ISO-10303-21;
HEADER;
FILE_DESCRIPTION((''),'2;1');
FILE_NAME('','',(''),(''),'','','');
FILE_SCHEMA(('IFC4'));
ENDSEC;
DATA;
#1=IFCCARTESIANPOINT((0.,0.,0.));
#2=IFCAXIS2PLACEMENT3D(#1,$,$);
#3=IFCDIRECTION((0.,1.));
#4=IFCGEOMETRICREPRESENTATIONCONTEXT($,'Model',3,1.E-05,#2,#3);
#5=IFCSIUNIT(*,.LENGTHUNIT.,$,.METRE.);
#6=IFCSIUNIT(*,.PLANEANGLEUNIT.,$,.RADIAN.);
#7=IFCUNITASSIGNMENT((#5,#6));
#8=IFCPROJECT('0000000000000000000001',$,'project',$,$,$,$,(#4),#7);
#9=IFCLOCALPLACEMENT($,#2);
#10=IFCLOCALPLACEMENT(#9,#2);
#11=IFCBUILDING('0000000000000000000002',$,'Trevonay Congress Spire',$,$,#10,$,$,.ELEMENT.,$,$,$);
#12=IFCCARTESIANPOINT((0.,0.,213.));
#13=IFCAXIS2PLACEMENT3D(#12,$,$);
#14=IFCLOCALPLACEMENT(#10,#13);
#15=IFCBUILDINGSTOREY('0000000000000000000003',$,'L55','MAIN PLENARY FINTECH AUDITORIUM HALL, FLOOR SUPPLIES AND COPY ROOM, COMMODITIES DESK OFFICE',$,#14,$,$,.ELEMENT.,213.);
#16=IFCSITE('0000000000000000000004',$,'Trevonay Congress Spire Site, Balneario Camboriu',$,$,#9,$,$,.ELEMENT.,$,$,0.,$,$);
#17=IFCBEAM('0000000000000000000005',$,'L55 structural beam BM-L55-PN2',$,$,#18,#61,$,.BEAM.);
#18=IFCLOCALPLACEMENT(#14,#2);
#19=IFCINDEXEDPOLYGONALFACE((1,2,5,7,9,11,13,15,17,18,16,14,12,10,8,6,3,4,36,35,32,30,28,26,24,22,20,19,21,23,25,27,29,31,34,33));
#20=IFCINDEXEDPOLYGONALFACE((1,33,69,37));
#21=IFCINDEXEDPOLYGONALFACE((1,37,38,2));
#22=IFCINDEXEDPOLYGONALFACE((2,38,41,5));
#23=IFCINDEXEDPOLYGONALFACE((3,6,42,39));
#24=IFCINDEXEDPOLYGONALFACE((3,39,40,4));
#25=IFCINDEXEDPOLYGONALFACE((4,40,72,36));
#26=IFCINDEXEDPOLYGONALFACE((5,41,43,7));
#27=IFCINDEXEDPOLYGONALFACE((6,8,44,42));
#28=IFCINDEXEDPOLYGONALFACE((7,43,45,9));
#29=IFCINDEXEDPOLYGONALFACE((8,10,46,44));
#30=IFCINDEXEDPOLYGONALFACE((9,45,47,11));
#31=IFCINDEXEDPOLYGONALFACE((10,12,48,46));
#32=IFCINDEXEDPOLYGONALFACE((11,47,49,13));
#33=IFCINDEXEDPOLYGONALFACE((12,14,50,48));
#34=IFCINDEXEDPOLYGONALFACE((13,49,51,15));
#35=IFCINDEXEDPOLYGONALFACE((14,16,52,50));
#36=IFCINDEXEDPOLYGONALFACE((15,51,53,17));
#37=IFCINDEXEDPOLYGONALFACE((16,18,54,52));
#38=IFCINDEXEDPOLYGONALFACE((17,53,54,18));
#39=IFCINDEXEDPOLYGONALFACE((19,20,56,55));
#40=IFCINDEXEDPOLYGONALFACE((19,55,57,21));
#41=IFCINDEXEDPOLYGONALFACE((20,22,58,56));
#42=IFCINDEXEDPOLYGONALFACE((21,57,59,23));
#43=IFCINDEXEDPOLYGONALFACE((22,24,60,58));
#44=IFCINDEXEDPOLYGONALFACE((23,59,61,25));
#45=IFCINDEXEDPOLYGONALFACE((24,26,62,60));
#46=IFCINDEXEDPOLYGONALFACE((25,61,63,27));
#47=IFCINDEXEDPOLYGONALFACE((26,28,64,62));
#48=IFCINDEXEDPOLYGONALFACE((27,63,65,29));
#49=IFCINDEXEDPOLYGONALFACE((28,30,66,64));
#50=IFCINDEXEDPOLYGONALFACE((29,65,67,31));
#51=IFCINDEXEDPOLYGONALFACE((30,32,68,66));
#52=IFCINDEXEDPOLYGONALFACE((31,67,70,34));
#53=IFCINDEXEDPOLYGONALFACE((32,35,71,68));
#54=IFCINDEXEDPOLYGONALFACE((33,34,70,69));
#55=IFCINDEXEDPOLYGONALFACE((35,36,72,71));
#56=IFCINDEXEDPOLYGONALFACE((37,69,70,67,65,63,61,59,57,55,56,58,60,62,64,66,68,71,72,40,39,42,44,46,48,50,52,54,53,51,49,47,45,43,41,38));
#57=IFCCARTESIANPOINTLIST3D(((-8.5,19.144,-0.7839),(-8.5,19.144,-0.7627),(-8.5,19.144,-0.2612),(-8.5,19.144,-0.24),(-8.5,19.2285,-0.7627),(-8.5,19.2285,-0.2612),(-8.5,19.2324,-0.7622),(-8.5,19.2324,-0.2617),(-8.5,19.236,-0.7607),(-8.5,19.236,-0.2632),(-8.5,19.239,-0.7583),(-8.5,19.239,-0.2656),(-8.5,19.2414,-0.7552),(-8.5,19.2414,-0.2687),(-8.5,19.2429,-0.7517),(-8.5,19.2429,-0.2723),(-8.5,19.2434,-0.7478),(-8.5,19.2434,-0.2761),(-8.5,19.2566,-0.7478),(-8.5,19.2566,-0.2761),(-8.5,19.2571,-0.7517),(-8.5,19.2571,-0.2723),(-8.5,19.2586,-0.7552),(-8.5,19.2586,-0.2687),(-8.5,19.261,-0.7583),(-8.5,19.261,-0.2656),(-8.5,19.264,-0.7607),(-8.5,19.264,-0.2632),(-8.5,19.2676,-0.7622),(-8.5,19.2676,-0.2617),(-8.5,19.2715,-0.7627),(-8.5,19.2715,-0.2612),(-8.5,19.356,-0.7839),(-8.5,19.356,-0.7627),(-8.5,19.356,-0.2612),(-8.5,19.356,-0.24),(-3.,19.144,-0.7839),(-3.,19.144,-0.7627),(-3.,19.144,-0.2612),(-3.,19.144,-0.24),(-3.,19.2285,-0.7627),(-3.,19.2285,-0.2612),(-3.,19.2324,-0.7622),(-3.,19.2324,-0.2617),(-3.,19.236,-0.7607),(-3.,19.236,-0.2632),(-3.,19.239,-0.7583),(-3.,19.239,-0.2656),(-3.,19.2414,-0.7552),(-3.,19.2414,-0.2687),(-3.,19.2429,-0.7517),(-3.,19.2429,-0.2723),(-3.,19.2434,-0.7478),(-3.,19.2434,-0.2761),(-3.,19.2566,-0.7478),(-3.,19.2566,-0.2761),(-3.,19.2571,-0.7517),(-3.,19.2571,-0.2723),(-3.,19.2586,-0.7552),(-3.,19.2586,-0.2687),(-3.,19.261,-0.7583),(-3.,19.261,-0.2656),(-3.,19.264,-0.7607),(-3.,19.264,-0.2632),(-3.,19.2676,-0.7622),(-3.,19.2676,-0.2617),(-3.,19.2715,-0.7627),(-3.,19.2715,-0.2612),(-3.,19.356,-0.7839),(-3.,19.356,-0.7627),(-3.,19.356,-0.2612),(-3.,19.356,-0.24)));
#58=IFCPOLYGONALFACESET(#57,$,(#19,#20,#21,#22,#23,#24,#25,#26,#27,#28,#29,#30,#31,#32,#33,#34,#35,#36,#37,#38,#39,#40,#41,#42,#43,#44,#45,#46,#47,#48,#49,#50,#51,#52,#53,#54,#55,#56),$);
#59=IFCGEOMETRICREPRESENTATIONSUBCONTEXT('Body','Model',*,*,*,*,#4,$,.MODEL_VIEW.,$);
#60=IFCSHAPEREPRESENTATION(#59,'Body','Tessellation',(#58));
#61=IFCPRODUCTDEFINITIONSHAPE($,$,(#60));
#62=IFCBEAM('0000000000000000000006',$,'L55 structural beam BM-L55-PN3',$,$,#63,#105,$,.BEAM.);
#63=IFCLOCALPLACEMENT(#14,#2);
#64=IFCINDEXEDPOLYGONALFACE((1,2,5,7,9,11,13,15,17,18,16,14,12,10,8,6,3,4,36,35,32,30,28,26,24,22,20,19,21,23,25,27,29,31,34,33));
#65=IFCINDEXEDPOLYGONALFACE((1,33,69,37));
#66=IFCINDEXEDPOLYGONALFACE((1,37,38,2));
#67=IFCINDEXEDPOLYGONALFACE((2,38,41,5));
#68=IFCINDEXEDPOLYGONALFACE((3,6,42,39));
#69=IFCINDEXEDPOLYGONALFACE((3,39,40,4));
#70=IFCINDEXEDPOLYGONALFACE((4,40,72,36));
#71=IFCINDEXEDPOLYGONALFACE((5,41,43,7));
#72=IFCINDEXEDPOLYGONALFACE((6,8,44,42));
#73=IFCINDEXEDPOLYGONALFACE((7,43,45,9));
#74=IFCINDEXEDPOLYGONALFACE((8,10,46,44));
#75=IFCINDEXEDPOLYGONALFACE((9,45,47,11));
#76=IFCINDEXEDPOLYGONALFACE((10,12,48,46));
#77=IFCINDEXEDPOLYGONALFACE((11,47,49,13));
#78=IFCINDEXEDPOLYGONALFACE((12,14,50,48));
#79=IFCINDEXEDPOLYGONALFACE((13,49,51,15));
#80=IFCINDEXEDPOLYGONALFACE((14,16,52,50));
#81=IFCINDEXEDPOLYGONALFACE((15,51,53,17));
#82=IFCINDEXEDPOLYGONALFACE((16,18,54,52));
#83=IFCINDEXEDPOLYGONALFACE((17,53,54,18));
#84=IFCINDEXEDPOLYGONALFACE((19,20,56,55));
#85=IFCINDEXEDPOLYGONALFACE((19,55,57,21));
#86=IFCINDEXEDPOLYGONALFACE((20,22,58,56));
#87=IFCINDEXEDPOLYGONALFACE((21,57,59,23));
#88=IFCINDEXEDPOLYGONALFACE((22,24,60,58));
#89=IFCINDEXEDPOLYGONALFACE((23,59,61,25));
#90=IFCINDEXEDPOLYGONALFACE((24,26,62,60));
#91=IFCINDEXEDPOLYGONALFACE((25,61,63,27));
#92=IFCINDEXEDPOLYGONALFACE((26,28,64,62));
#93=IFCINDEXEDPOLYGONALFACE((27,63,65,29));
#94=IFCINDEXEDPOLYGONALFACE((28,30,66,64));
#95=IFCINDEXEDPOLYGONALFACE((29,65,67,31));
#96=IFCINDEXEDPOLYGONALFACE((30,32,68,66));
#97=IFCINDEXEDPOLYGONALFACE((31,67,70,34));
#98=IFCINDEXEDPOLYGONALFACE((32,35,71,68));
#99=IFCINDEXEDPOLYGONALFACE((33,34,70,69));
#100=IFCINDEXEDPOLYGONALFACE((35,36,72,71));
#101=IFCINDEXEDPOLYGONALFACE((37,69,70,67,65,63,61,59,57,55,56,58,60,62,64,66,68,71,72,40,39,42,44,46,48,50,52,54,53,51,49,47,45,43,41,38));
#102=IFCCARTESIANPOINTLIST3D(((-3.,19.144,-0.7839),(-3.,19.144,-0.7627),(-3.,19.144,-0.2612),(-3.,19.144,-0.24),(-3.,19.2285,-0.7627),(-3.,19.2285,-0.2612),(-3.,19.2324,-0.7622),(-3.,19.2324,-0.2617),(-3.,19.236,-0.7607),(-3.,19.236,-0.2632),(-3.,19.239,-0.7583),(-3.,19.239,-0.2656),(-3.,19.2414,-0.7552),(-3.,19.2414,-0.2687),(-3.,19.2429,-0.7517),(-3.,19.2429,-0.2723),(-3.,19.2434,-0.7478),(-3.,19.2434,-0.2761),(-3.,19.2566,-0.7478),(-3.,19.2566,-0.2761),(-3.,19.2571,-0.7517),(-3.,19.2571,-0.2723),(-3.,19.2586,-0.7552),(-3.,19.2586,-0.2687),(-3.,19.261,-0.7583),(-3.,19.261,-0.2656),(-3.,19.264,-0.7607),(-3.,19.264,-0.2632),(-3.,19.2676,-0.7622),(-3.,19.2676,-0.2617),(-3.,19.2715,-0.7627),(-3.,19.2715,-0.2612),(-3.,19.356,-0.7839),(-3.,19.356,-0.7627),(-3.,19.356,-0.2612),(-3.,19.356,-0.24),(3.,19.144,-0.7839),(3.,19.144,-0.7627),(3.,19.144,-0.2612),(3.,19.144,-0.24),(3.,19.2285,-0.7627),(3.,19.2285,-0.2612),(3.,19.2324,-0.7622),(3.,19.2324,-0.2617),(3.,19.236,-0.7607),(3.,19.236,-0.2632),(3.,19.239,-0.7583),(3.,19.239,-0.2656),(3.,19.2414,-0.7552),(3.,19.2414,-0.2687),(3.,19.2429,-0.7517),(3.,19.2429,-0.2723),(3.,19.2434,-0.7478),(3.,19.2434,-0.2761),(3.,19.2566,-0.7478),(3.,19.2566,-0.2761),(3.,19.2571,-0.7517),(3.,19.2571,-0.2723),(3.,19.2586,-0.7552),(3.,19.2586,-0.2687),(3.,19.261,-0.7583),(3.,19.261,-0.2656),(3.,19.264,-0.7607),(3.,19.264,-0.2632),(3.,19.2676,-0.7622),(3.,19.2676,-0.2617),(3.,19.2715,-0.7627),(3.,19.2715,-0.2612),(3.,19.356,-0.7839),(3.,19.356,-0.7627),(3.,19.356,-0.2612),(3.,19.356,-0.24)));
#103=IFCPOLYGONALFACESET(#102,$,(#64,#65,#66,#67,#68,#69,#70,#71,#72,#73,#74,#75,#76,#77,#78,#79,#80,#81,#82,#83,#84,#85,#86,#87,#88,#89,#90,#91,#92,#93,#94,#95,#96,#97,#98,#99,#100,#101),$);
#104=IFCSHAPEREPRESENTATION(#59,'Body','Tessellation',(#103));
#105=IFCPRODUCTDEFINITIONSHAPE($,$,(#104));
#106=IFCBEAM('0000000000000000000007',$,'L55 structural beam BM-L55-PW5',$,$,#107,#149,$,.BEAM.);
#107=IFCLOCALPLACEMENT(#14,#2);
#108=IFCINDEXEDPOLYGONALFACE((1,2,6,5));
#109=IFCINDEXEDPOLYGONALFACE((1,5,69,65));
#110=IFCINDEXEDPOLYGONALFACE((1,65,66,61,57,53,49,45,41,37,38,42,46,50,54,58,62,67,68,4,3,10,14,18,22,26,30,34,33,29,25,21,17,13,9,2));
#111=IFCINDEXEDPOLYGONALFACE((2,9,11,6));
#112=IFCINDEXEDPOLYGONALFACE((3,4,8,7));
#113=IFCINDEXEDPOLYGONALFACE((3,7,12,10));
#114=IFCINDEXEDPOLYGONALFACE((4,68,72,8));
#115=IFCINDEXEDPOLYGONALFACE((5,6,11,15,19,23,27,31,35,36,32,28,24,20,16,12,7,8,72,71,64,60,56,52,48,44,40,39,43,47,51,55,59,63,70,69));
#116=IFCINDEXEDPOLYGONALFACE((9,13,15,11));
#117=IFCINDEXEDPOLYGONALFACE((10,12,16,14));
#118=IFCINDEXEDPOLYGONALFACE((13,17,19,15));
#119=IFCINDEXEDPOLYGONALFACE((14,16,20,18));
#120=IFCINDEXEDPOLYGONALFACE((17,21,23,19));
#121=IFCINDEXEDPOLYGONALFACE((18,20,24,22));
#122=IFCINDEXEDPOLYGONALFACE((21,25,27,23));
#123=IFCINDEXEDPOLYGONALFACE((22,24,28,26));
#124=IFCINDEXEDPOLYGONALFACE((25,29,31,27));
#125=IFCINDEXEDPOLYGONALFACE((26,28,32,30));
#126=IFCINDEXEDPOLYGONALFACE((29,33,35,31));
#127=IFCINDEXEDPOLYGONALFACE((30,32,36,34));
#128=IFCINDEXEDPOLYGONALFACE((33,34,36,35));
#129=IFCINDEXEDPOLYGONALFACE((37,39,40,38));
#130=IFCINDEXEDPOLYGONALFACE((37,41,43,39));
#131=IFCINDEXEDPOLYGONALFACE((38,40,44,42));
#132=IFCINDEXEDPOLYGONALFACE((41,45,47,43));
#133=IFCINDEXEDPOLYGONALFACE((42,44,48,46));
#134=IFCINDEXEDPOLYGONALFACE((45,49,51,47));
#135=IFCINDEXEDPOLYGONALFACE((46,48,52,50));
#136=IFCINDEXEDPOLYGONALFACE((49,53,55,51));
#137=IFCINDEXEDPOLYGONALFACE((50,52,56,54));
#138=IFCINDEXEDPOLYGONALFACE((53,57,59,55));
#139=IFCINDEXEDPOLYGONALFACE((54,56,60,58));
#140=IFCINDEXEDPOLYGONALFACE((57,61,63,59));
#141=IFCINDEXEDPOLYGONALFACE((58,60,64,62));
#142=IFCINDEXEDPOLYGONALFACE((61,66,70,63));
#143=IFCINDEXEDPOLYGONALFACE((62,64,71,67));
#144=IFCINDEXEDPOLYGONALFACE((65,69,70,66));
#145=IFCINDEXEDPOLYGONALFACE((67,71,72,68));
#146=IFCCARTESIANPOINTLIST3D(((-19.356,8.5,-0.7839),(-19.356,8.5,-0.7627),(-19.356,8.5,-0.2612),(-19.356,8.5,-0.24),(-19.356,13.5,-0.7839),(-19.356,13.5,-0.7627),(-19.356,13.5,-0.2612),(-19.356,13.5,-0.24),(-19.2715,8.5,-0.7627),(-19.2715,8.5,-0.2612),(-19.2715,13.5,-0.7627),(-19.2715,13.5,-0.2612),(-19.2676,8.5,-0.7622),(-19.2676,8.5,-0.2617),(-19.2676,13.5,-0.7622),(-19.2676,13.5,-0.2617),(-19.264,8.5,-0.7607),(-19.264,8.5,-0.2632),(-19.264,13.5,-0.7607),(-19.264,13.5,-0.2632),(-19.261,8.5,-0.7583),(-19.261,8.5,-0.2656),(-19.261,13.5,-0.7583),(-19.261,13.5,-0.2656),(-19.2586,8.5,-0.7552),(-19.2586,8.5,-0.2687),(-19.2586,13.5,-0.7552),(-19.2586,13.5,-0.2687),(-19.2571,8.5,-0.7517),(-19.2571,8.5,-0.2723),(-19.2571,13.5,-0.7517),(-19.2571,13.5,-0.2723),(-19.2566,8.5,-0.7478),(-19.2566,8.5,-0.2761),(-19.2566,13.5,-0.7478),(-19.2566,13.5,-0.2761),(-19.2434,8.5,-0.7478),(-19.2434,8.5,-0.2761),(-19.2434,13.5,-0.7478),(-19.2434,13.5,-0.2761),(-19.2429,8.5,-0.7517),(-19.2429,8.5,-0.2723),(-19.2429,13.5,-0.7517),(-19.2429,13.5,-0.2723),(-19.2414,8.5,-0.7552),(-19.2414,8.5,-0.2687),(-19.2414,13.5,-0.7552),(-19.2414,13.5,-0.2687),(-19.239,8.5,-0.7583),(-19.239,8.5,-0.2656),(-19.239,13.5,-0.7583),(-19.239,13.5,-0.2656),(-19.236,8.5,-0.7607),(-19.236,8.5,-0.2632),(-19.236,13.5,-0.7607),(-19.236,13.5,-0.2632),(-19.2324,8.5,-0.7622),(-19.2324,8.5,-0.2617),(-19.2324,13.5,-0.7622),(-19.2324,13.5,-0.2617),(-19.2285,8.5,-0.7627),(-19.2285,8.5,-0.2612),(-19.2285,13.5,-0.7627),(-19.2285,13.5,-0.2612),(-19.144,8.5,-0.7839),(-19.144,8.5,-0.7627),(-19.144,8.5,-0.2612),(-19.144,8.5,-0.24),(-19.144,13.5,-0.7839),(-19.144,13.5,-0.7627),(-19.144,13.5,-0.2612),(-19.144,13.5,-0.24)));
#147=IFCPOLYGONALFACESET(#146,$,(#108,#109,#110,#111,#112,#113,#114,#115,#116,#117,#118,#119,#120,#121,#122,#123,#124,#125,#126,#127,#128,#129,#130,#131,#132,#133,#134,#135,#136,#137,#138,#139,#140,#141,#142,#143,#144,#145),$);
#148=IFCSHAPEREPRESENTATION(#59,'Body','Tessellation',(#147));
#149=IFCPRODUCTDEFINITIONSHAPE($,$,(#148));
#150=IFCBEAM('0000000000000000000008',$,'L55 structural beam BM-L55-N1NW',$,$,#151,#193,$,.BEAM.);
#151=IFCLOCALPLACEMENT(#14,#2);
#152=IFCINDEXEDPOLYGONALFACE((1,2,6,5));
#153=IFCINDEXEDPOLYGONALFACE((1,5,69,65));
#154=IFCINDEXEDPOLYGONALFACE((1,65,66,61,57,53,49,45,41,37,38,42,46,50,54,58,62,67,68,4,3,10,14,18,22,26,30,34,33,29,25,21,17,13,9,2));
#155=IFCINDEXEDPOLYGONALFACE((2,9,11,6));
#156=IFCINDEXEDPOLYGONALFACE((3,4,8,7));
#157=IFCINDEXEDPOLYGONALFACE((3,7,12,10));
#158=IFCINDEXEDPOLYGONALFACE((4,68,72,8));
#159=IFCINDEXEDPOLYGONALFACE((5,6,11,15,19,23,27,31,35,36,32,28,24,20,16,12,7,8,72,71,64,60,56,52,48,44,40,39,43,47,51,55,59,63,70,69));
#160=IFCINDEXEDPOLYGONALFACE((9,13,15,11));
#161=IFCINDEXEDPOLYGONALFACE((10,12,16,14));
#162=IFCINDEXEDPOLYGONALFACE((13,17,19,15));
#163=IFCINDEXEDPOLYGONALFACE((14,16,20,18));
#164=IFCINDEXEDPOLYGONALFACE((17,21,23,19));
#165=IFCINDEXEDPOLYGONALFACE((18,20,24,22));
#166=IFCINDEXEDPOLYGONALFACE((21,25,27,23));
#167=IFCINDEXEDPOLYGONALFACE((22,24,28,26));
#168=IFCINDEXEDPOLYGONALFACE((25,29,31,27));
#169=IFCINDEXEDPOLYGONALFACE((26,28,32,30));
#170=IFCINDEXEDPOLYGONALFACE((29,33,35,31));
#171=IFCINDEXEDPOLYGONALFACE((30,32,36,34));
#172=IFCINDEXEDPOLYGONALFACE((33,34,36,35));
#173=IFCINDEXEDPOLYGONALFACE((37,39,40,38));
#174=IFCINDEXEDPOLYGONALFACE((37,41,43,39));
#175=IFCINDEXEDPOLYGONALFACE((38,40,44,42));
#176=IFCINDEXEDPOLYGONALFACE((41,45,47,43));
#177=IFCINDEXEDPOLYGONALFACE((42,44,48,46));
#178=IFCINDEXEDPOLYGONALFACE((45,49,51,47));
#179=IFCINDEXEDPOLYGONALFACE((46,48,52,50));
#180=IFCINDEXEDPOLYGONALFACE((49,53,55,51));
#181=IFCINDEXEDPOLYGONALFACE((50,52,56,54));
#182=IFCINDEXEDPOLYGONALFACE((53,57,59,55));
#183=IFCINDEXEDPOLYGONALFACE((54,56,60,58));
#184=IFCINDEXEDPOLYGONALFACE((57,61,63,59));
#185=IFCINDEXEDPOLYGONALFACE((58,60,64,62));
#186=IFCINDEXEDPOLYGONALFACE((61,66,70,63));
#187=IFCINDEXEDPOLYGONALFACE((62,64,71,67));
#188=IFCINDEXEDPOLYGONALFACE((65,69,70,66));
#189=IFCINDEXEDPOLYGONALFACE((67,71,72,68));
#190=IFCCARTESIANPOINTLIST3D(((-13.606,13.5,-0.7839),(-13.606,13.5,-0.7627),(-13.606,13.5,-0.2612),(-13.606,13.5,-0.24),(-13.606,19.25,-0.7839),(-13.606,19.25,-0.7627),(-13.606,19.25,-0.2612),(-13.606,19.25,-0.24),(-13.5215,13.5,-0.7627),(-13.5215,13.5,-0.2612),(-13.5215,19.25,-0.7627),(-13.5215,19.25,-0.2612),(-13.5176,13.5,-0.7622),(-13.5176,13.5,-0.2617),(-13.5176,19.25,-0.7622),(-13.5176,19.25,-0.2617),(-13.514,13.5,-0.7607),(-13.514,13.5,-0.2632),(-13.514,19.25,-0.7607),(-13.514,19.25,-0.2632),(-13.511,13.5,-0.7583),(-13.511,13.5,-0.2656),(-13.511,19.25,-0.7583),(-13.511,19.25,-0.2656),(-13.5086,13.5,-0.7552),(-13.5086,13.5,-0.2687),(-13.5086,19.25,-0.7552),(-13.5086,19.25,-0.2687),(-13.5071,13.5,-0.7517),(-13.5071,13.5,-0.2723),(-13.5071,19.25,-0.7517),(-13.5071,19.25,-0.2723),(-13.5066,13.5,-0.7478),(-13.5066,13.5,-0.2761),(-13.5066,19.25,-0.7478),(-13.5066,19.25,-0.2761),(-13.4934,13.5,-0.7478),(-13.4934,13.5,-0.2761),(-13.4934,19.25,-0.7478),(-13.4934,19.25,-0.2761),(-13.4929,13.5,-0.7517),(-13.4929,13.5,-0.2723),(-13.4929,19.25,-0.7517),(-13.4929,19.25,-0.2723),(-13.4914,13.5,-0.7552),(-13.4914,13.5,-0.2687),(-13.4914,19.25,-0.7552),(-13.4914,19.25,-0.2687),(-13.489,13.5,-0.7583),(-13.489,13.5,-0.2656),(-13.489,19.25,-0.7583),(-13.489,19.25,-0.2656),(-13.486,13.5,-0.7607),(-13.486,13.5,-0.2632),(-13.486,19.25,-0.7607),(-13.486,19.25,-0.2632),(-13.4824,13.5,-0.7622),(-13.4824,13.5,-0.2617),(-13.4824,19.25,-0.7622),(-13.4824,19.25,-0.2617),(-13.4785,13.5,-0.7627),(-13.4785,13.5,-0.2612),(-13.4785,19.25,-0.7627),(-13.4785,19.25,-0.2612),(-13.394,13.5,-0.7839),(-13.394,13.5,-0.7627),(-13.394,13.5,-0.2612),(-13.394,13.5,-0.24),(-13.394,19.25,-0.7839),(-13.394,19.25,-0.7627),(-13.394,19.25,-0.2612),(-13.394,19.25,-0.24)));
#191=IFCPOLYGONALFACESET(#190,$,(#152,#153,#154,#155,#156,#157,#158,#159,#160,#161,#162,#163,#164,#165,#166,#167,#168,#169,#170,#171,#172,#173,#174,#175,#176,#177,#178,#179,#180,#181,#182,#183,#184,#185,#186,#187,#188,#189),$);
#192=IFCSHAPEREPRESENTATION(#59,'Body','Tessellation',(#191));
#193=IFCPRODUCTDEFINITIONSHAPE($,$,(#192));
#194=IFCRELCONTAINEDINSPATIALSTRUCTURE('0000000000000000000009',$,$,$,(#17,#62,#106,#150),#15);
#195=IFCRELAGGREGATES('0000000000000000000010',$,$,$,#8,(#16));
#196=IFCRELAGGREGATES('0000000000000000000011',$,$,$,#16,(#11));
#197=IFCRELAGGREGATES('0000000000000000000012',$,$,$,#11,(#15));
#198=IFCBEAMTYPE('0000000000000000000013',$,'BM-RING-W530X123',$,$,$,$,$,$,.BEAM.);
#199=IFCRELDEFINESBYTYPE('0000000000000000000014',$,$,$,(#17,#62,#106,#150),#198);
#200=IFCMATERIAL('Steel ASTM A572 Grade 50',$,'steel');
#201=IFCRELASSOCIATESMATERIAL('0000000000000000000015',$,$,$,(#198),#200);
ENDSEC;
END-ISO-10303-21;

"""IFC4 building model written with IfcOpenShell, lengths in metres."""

from ifc_helpers import new_model, si_unit, direction, frame, origin, origin_2d, place, context, subcontext, project, spatial, i_section, extrude, material, material_profile, profile_set, type_object, element, save


model = new_model("IFC4")

# Units and contexts
model_context = context("Model", 3, precision=1e-05, world=origin(), true_north=direction((0.0, 1.0)))
body_context = subcontext(model_context, "Body", "Model", "MODEL_VIEW")
ifc_project = project(units=[si_unit("LENGTHUNIT", "METRE"), si_unit("PLANEANGLEUNIT", "RADIAN")], contexts=[model_context])

# Site, building, storey
site_placement = place(None, origin())
site = spatial("IfcSite", under=ifc_project, at=site_placement, Name="Trevonay Congress Spire Site, Balneario Camboriu", CompositionType="ELEMENT", RefElevation=0.0)
building_placement = place(site_placement, origin())
building = spatial("IfcBuilding", under=site, at=building_placement, Name="Trevonay Congress Spire", CompositionType="ELEMENT")
storey_placement = place(building_placement, frame((0.0, 0.0, 213.0)))
storey = spatial("IfcBuildingStorey", under=building, at=storey_placement, Name="L55", Description="MAIN PLENARY FINTECH AUDITORIUM HALL, FLOOR SUPPLIES AND COPY ROOM, COMMODITIES DESK OFFICE", CompositionType="ELEMENT", Elevation=213.0)

# Shared definitions
ifc_material_1 = material(Name="Steel ASTM A572 Grade 50", Category="steel")

# Beams
ifc_material_profile_1 = material_profile(ifc_material_1, i_section(OverallWidth=0.2119, OverallDepth=0.5439, WebThickness=0.0132, FlangeThickness=0.0212, FilletRadius=0.0149, at=origin_2d()), Name="W530x123")
ifc_profile_set_1 = profile_set([ifc_material_profile_1], Name="Steel ASTM A572 Grade 50")
beam_type_1 = type_object("IfcBeamType", Name="BM-RING-W530X123", PredefinedType="BEAM", material=ifc_profile_set_1)
beam_1_placement = place(storey_placement, frame((-8.5, 19.25, -0.512), z_axis=(1.0, 0.0, 0.0), x_axis=(0.0, 1.0, 0.0)))
element("IfcBeam", 1, at=beam_1_placement, inside=storey, type_object=beam_type_1, Name="L55 structural beam BM-L55-PN2", PredefinedType="BEAM", context=body_context, shape_type="SweptSolid", body=[
    extrude(i_section(OverallWidth=0.2119, OverallDepth=0.5439, WebThickness=0.0132, FlangeThickness=0.0212, FilletRadius=0.0149, at=origin_2d()), origin(), (0.0, 0.0, 1.0), 5.5),
])
beam_2_placement = place(storey_placement, frame((-3.0, 19.25, -0.512), z_axis=(1.0, 0.0, 0.0), x_axis=(0.0, 1.0, 0.0)))
element("IfcBeam", 2, at=beam_2_placement, inside=storey, type_object=beam_type_1, Name="L55 structural beam BM-L55-PN3", PredefinedType="BEAM", context=body_context, shape_type="SweptSolid", body=[
    extrude(i_section(OverallWidth=0.2119, OverallDepth=0.5439, WebThickness=0.0132, FlangeThickness=0.0212, FilletRadius=0.0149, at=origin_2d()), origin(), (0.0, 0.0, 1.0), 6.0),
])
beam_3_placement = place(storey_placement, frame((-19.25, 8.5, -0.512), z_axis=(0.0, 1.0, 0.0), x_axis=(-1.0, 0.0, 0.0)))
element("IfcBeam", 3, at=beam_3_placement, inside=storey, type_object=beam_type_1, Name="L55 structural beam BM-L55-PW5", PredefinedType="BEAM", context=body_context, shape_type="SweptSolid", body=[
    extrude(i_section(OverallWidth=0.2119, OverallDepth=0.5439, WebThickness=0.0132, FlangeThickness=0.0212, FilletRadius=0.0149, at=origin_2d()), origin(), (0.0, 0.0, 1.0), 5.0),
])
for number, where, z_axis, x_axis, name in (
    (4, (-13.5, 19.25, -0.512), (0.0, -1.0, 0.0), (1.0, 0.0, 0.0), "L55 structural beam BM-L55-N1NW"),
):
    element("IfcBeam", number, at=place(storey_placement, frame(where, z_axis=z_axis, x_axis=x_axis)), inside=storey, type_object=beam_type_1, Name=name, PredefinedType="BEAM", context=body_context, shape_type="SweptSolid", body=[
        extrude(i_section(OverallWidth=0.2119, OverallDepth=0.5439, WebThickness=0.0132, FlangeThickness=0.0212, FilletRadius=0.0149, at=origin_2d()), origin(), (0.0, 0.0, 1.0), 5.75),
    ])

save(model, "model.ifc")
